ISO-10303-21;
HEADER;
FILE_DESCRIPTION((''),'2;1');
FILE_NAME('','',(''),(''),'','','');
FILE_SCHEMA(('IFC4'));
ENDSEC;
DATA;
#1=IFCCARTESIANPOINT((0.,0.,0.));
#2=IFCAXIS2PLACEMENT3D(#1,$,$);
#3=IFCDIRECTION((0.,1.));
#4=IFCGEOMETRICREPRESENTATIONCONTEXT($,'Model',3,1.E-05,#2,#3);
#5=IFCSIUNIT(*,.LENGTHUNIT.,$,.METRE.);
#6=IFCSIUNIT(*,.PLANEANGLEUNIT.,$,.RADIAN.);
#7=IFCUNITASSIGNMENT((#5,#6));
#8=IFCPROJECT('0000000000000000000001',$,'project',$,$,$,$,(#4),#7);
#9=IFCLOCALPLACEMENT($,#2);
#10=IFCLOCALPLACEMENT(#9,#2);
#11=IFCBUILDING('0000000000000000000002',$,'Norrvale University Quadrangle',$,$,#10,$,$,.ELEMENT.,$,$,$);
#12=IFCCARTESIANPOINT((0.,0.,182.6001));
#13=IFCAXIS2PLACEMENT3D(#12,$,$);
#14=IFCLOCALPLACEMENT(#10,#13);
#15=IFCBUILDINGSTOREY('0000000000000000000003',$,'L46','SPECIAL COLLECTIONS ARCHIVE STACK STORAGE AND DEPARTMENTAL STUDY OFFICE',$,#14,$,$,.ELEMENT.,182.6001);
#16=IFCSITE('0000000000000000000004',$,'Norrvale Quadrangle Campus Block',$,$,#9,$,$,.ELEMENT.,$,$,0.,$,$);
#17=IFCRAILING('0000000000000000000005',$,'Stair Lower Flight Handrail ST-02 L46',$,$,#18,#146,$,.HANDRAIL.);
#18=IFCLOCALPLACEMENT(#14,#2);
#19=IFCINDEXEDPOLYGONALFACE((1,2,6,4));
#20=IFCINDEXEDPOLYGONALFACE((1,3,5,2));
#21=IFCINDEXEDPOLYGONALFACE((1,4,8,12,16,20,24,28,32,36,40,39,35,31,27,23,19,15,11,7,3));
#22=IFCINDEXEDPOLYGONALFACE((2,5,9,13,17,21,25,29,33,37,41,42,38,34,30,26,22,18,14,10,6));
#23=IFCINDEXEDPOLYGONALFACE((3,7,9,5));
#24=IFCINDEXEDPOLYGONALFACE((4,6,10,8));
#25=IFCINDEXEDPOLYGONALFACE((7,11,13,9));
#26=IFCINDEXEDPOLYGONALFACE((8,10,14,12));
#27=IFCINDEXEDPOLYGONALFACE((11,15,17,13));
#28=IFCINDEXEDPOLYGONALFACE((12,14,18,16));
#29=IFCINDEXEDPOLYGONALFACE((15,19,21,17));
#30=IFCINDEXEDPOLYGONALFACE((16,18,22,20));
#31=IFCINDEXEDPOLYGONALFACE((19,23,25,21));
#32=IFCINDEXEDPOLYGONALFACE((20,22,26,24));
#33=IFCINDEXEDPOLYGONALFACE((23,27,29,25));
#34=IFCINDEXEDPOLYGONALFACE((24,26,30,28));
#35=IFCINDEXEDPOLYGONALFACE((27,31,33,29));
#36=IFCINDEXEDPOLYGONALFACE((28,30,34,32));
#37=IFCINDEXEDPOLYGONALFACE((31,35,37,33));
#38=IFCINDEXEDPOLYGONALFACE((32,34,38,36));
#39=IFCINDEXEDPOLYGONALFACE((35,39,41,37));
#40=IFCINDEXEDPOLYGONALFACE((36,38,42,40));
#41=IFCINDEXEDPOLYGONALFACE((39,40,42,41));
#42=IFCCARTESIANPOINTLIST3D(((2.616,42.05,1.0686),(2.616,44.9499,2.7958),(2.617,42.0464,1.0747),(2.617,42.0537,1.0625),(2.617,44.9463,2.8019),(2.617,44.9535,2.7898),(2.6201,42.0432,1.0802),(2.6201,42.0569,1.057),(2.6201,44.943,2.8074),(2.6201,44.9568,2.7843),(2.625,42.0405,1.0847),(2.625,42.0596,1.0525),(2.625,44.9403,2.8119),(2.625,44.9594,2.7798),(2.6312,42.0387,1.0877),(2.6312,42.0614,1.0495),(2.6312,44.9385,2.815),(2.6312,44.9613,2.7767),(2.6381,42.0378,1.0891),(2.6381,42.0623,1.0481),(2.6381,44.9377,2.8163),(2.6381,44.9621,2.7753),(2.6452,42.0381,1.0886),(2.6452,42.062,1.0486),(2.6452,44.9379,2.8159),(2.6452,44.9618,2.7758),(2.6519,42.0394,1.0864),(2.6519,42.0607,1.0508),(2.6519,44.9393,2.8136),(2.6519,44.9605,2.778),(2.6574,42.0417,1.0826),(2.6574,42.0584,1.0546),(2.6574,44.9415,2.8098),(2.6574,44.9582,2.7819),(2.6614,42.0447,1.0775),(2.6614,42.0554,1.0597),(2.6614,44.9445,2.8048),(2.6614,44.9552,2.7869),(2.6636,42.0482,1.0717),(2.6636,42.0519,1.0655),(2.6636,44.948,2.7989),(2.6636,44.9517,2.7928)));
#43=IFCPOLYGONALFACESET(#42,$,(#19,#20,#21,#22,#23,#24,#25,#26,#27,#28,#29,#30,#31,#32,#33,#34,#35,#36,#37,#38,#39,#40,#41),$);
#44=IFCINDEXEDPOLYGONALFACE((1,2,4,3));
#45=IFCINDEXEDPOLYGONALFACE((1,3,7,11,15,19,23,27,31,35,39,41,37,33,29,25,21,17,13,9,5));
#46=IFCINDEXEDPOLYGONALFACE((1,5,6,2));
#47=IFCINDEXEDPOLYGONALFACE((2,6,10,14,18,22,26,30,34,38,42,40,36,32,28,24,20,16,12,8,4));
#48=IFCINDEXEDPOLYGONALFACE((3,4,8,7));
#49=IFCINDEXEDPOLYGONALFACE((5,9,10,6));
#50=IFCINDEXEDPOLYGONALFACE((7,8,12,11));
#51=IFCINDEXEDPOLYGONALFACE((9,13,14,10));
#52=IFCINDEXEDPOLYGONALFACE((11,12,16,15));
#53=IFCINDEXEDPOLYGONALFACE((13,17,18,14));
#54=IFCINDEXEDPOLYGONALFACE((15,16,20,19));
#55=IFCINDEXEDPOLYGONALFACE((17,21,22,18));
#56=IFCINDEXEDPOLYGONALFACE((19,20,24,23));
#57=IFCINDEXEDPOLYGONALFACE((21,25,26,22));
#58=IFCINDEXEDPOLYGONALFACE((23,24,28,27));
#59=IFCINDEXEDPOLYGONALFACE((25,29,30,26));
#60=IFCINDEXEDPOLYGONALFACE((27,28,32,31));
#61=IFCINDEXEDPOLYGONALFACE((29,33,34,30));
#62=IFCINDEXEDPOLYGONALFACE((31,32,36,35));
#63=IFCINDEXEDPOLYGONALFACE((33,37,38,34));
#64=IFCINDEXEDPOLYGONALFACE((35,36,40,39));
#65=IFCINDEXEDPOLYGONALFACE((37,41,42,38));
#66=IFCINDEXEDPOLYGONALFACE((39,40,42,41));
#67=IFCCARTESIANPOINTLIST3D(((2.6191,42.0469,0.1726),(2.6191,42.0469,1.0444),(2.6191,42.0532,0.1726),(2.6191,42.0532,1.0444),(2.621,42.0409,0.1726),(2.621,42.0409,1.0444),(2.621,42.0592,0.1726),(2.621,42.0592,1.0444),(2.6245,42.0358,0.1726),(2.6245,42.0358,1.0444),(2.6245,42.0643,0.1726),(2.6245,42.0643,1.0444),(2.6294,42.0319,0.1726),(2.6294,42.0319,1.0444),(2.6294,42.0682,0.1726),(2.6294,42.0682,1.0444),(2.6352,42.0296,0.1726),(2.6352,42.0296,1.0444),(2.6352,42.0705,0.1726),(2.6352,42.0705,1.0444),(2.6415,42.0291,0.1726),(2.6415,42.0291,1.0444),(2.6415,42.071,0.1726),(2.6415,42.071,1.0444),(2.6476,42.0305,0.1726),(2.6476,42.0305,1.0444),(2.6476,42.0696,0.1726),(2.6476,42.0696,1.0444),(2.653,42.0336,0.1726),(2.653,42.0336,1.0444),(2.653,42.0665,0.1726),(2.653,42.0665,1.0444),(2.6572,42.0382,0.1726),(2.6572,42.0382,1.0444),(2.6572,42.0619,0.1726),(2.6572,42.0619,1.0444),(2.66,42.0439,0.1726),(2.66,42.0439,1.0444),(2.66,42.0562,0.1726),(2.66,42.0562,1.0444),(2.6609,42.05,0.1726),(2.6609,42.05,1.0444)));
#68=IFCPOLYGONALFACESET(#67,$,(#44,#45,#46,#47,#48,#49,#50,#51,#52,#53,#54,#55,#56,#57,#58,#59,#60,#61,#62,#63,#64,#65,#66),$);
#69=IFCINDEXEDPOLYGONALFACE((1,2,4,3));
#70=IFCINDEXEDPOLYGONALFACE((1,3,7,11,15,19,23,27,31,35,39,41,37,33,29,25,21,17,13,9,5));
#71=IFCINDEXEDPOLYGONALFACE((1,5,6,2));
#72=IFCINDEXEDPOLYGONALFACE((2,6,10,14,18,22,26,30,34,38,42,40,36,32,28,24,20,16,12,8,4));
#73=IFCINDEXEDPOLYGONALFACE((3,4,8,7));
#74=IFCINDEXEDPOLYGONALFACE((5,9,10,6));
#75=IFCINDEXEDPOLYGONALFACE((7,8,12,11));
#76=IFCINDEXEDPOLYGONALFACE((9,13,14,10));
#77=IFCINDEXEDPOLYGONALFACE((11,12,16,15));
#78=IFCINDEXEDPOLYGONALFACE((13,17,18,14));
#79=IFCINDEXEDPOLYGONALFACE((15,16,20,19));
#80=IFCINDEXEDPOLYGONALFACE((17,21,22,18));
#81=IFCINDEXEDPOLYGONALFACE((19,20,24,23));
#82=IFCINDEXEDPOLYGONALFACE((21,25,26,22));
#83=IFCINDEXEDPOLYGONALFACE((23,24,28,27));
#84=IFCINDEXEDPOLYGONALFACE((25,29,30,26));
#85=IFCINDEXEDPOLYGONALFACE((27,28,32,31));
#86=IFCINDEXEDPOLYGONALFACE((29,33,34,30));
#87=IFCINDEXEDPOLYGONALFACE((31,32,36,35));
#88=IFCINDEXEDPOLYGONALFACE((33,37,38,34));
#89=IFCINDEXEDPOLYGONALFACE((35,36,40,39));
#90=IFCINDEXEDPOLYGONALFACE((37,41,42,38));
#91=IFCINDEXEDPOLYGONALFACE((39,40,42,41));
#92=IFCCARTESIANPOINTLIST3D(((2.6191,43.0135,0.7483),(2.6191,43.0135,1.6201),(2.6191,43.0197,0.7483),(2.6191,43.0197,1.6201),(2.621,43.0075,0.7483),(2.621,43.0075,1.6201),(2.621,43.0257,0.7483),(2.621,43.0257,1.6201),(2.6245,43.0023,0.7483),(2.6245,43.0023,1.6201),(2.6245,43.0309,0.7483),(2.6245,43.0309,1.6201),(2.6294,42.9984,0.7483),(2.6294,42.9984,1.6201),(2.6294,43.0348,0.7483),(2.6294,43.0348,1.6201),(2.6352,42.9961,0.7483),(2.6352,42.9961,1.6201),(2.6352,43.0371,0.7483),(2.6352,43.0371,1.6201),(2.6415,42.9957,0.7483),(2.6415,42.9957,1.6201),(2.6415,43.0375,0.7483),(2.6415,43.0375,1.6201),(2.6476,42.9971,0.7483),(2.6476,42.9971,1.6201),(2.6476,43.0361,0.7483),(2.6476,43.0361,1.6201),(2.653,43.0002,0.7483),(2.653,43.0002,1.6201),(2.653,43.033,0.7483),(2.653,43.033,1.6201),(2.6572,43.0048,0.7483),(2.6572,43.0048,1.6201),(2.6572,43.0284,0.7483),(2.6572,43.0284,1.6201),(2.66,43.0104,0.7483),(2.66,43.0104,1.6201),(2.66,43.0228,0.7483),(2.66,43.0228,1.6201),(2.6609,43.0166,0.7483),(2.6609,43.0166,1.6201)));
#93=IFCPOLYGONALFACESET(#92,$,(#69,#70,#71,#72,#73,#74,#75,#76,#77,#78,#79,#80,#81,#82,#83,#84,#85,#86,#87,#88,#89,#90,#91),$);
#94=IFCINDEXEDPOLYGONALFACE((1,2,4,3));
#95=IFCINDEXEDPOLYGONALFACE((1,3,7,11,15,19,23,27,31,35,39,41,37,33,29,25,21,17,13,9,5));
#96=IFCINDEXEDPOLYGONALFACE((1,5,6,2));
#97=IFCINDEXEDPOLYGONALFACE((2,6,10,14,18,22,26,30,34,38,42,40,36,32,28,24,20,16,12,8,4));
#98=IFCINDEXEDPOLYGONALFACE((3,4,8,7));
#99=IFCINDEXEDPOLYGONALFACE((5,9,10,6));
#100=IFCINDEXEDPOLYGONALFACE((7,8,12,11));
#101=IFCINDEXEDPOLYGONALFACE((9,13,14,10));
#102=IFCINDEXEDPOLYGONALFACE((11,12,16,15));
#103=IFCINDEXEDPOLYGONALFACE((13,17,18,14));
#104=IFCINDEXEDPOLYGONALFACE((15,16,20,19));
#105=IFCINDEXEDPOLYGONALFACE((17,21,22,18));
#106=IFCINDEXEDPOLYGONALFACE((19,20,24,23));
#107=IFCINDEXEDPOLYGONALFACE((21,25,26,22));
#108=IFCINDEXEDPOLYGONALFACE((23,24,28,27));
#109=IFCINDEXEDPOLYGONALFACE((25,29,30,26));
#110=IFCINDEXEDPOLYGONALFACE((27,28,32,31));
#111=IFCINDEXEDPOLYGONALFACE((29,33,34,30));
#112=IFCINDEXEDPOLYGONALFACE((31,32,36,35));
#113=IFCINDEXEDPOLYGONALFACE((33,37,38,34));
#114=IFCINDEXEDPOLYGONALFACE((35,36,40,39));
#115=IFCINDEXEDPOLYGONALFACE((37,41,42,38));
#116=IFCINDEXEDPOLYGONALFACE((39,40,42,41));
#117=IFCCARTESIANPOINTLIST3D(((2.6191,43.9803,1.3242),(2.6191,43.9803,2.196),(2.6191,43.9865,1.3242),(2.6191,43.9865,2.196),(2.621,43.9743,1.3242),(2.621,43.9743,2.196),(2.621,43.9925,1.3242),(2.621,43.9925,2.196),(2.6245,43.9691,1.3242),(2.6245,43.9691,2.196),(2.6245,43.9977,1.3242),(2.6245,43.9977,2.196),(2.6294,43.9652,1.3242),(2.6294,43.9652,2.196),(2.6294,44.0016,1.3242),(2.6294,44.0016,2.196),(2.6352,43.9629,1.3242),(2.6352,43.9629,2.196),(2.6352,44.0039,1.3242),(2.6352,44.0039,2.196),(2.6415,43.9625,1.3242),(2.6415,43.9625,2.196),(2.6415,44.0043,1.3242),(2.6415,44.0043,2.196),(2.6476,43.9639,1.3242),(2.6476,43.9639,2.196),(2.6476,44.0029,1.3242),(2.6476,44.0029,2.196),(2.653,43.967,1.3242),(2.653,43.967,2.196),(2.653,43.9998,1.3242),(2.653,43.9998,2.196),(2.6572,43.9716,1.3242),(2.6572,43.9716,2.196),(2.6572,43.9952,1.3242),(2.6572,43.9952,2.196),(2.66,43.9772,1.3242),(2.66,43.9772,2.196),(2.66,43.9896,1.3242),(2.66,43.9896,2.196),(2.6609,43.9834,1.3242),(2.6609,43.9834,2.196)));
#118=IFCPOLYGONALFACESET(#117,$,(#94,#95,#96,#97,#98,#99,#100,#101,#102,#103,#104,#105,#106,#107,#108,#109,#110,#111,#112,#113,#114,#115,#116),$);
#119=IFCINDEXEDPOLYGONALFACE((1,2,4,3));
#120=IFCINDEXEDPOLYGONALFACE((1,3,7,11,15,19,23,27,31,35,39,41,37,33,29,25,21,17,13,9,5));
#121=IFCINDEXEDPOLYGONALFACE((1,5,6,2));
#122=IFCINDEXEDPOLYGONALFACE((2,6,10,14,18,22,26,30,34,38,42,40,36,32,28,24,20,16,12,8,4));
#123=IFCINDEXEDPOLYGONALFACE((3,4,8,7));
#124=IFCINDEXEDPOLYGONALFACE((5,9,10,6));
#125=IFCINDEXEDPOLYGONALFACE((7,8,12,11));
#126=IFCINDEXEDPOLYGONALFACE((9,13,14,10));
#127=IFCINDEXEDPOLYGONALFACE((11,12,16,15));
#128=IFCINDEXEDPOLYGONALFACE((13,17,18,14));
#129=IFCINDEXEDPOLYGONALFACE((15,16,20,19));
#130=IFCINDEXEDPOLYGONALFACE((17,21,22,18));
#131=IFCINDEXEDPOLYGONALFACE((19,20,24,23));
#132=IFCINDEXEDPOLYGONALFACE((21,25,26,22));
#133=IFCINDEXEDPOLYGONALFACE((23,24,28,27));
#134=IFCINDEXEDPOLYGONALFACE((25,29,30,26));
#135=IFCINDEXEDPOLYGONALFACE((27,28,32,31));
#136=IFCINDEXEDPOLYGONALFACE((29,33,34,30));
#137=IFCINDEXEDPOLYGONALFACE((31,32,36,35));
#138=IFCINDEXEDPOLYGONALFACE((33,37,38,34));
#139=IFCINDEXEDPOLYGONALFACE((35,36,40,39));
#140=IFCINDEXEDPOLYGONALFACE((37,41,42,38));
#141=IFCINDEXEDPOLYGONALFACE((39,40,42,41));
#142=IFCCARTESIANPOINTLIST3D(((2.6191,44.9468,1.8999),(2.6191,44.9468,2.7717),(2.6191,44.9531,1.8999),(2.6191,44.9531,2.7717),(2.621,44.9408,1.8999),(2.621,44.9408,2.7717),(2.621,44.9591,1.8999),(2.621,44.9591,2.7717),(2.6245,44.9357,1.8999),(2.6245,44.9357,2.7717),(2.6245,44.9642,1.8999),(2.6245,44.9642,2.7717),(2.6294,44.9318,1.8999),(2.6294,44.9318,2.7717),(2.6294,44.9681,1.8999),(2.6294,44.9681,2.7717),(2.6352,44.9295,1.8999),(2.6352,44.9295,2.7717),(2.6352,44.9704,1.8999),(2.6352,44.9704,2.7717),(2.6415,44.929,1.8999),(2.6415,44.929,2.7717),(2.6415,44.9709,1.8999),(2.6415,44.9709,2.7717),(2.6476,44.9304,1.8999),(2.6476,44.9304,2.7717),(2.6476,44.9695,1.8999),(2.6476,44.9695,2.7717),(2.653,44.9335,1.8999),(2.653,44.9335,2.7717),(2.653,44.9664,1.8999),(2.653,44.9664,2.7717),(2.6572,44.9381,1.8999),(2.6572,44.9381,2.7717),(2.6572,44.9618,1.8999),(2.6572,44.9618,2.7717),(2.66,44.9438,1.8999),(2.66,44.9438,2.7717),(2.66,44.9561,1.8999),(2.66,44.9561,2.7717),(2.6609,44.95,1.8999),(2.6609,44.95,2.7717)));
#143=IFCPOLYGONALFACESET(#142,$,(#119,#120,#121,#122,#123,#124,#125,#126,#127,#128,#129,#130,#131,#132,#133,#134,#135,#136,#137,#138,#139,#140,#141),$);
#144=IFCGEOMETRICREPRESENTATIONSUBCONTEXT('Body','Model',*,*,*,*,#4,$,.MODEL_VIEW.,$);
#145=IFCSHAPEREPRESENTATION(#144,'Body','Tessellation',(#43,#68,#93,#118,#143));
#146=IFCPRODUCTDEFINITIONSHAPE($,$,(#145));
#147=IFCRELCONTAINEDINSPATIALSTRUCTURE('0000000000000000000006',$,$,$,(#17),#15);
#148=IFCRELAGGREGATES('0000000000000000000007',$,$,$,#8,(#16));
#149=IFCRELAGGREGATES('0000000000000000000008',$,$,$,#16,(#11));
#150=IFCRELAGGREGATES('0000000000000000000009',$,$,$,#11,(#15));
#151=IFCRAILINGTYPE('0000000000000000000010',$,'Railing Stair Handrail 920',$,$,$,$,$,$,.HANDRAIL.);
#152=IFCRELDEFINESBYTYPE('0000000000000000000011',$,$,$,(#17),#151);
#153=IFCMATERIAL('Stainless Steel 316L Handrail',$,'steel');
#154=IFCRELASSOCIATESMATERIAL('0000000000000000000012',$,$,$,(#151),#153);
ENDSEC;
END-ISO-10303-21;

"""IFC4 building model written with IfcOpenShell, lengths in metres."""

from ifc_helpers import new_model, si_unit, direction, frame, origin, origin_2d, place, context, subcontext, project, spatial, circle, extrude, material, type_object, element, save


model = new_model("IFC4")

# Units and contexts
model_context = context("Model", 3, precision=1e-05, world=origin(), true_north=direction((0.0, 1.0)))
body_context = subcontext(model_context, "Body", "Model", "MODEL_VIEW")
ifc_project = project(units=[si_unit("LENGTHUNIT", "METRE"), si_unit("PLANEANGLEUNIT", "RADIAN")], contexts=[model_context])

# Site, building, storey
site_placement = place(None, origin())
site = spatial("IfcSite", under=ifc_project, at=site_placement, Name="Norrvale Quadrangle Campus Block", CompositionType="ELEMENT", RefElevation=0.0)
building_placement = place(site_placement, origin())
building = spatial("IfcBuilding", under=site, at=building_placement, Name="Norrvale University Quadrangle", CompositionType="ELEMENT")
storey_placement = place(building_placement, frame((0.0, 0.0, 182.6001)))
storey = spatial("IfcBuildingStorey", under=building, at=storey_placement, Name="L46", Description="SPECIAL COLLECTIONS ARCHIVE STACK STORAGE AND DEPARTMENTAL STUDY OFFICE", CompositionType="ELEMENT", Elevation=182.6001)

# Railing
ifc_material_1 = material(Name="Stainless Steel 316L Handrail", Category="steel")
railing_type_1 = type_object("IfcRailingType", Name="Railing Stair Handrail 920", PredefinedType="HANDRAIL", material=ifc_material_1)
railing_1_placement = place(storey_placement, frame((2.6399, 42.05, 0.1726)))
element("IfcRailing", 1, at=railing_1_placement, inside=storey, type_object=railing_type_1, Name="Stair Lower Flight Handrail ST-02 L46", PredefinedType="HANDRAIL", context=body_context, shape_type="SweptSolid", body=[
    extrude(circle(Radius=0.0239, at=origin_2d()), frame((0.0, 0.0, 0.896), z_axis=(0.0, 0.859141, 0.511738), x_axis=(-1.0, 0.0, 0.0)), (0.0, 0.0, 1.0), 3.3752),
    extrude(circle(Radius=0.021, at=origin_2d()), origin(), (0.0, 0.0, 1.0), 0.8718),
    extrude(circle(Radius=0.021, at=origin_2d()), frame((0.0, 0.9666, 0.5757)), (0.0, 0.0, 1.0), 0.8718),
    extrude(circle(Radius=0.021, at=origin_2d()), frame((0.0, 1.9333, 1.1516)), (0.0, 0.0, 1.0), 0.8718),
    extrude(circle(Radius=0.021, at=origin_2d()), frame((0.0, 2.8999, 1.7273)), (0.0, 0.0, 1.0), 0.8718),
])

save(model, "model.ifc")
